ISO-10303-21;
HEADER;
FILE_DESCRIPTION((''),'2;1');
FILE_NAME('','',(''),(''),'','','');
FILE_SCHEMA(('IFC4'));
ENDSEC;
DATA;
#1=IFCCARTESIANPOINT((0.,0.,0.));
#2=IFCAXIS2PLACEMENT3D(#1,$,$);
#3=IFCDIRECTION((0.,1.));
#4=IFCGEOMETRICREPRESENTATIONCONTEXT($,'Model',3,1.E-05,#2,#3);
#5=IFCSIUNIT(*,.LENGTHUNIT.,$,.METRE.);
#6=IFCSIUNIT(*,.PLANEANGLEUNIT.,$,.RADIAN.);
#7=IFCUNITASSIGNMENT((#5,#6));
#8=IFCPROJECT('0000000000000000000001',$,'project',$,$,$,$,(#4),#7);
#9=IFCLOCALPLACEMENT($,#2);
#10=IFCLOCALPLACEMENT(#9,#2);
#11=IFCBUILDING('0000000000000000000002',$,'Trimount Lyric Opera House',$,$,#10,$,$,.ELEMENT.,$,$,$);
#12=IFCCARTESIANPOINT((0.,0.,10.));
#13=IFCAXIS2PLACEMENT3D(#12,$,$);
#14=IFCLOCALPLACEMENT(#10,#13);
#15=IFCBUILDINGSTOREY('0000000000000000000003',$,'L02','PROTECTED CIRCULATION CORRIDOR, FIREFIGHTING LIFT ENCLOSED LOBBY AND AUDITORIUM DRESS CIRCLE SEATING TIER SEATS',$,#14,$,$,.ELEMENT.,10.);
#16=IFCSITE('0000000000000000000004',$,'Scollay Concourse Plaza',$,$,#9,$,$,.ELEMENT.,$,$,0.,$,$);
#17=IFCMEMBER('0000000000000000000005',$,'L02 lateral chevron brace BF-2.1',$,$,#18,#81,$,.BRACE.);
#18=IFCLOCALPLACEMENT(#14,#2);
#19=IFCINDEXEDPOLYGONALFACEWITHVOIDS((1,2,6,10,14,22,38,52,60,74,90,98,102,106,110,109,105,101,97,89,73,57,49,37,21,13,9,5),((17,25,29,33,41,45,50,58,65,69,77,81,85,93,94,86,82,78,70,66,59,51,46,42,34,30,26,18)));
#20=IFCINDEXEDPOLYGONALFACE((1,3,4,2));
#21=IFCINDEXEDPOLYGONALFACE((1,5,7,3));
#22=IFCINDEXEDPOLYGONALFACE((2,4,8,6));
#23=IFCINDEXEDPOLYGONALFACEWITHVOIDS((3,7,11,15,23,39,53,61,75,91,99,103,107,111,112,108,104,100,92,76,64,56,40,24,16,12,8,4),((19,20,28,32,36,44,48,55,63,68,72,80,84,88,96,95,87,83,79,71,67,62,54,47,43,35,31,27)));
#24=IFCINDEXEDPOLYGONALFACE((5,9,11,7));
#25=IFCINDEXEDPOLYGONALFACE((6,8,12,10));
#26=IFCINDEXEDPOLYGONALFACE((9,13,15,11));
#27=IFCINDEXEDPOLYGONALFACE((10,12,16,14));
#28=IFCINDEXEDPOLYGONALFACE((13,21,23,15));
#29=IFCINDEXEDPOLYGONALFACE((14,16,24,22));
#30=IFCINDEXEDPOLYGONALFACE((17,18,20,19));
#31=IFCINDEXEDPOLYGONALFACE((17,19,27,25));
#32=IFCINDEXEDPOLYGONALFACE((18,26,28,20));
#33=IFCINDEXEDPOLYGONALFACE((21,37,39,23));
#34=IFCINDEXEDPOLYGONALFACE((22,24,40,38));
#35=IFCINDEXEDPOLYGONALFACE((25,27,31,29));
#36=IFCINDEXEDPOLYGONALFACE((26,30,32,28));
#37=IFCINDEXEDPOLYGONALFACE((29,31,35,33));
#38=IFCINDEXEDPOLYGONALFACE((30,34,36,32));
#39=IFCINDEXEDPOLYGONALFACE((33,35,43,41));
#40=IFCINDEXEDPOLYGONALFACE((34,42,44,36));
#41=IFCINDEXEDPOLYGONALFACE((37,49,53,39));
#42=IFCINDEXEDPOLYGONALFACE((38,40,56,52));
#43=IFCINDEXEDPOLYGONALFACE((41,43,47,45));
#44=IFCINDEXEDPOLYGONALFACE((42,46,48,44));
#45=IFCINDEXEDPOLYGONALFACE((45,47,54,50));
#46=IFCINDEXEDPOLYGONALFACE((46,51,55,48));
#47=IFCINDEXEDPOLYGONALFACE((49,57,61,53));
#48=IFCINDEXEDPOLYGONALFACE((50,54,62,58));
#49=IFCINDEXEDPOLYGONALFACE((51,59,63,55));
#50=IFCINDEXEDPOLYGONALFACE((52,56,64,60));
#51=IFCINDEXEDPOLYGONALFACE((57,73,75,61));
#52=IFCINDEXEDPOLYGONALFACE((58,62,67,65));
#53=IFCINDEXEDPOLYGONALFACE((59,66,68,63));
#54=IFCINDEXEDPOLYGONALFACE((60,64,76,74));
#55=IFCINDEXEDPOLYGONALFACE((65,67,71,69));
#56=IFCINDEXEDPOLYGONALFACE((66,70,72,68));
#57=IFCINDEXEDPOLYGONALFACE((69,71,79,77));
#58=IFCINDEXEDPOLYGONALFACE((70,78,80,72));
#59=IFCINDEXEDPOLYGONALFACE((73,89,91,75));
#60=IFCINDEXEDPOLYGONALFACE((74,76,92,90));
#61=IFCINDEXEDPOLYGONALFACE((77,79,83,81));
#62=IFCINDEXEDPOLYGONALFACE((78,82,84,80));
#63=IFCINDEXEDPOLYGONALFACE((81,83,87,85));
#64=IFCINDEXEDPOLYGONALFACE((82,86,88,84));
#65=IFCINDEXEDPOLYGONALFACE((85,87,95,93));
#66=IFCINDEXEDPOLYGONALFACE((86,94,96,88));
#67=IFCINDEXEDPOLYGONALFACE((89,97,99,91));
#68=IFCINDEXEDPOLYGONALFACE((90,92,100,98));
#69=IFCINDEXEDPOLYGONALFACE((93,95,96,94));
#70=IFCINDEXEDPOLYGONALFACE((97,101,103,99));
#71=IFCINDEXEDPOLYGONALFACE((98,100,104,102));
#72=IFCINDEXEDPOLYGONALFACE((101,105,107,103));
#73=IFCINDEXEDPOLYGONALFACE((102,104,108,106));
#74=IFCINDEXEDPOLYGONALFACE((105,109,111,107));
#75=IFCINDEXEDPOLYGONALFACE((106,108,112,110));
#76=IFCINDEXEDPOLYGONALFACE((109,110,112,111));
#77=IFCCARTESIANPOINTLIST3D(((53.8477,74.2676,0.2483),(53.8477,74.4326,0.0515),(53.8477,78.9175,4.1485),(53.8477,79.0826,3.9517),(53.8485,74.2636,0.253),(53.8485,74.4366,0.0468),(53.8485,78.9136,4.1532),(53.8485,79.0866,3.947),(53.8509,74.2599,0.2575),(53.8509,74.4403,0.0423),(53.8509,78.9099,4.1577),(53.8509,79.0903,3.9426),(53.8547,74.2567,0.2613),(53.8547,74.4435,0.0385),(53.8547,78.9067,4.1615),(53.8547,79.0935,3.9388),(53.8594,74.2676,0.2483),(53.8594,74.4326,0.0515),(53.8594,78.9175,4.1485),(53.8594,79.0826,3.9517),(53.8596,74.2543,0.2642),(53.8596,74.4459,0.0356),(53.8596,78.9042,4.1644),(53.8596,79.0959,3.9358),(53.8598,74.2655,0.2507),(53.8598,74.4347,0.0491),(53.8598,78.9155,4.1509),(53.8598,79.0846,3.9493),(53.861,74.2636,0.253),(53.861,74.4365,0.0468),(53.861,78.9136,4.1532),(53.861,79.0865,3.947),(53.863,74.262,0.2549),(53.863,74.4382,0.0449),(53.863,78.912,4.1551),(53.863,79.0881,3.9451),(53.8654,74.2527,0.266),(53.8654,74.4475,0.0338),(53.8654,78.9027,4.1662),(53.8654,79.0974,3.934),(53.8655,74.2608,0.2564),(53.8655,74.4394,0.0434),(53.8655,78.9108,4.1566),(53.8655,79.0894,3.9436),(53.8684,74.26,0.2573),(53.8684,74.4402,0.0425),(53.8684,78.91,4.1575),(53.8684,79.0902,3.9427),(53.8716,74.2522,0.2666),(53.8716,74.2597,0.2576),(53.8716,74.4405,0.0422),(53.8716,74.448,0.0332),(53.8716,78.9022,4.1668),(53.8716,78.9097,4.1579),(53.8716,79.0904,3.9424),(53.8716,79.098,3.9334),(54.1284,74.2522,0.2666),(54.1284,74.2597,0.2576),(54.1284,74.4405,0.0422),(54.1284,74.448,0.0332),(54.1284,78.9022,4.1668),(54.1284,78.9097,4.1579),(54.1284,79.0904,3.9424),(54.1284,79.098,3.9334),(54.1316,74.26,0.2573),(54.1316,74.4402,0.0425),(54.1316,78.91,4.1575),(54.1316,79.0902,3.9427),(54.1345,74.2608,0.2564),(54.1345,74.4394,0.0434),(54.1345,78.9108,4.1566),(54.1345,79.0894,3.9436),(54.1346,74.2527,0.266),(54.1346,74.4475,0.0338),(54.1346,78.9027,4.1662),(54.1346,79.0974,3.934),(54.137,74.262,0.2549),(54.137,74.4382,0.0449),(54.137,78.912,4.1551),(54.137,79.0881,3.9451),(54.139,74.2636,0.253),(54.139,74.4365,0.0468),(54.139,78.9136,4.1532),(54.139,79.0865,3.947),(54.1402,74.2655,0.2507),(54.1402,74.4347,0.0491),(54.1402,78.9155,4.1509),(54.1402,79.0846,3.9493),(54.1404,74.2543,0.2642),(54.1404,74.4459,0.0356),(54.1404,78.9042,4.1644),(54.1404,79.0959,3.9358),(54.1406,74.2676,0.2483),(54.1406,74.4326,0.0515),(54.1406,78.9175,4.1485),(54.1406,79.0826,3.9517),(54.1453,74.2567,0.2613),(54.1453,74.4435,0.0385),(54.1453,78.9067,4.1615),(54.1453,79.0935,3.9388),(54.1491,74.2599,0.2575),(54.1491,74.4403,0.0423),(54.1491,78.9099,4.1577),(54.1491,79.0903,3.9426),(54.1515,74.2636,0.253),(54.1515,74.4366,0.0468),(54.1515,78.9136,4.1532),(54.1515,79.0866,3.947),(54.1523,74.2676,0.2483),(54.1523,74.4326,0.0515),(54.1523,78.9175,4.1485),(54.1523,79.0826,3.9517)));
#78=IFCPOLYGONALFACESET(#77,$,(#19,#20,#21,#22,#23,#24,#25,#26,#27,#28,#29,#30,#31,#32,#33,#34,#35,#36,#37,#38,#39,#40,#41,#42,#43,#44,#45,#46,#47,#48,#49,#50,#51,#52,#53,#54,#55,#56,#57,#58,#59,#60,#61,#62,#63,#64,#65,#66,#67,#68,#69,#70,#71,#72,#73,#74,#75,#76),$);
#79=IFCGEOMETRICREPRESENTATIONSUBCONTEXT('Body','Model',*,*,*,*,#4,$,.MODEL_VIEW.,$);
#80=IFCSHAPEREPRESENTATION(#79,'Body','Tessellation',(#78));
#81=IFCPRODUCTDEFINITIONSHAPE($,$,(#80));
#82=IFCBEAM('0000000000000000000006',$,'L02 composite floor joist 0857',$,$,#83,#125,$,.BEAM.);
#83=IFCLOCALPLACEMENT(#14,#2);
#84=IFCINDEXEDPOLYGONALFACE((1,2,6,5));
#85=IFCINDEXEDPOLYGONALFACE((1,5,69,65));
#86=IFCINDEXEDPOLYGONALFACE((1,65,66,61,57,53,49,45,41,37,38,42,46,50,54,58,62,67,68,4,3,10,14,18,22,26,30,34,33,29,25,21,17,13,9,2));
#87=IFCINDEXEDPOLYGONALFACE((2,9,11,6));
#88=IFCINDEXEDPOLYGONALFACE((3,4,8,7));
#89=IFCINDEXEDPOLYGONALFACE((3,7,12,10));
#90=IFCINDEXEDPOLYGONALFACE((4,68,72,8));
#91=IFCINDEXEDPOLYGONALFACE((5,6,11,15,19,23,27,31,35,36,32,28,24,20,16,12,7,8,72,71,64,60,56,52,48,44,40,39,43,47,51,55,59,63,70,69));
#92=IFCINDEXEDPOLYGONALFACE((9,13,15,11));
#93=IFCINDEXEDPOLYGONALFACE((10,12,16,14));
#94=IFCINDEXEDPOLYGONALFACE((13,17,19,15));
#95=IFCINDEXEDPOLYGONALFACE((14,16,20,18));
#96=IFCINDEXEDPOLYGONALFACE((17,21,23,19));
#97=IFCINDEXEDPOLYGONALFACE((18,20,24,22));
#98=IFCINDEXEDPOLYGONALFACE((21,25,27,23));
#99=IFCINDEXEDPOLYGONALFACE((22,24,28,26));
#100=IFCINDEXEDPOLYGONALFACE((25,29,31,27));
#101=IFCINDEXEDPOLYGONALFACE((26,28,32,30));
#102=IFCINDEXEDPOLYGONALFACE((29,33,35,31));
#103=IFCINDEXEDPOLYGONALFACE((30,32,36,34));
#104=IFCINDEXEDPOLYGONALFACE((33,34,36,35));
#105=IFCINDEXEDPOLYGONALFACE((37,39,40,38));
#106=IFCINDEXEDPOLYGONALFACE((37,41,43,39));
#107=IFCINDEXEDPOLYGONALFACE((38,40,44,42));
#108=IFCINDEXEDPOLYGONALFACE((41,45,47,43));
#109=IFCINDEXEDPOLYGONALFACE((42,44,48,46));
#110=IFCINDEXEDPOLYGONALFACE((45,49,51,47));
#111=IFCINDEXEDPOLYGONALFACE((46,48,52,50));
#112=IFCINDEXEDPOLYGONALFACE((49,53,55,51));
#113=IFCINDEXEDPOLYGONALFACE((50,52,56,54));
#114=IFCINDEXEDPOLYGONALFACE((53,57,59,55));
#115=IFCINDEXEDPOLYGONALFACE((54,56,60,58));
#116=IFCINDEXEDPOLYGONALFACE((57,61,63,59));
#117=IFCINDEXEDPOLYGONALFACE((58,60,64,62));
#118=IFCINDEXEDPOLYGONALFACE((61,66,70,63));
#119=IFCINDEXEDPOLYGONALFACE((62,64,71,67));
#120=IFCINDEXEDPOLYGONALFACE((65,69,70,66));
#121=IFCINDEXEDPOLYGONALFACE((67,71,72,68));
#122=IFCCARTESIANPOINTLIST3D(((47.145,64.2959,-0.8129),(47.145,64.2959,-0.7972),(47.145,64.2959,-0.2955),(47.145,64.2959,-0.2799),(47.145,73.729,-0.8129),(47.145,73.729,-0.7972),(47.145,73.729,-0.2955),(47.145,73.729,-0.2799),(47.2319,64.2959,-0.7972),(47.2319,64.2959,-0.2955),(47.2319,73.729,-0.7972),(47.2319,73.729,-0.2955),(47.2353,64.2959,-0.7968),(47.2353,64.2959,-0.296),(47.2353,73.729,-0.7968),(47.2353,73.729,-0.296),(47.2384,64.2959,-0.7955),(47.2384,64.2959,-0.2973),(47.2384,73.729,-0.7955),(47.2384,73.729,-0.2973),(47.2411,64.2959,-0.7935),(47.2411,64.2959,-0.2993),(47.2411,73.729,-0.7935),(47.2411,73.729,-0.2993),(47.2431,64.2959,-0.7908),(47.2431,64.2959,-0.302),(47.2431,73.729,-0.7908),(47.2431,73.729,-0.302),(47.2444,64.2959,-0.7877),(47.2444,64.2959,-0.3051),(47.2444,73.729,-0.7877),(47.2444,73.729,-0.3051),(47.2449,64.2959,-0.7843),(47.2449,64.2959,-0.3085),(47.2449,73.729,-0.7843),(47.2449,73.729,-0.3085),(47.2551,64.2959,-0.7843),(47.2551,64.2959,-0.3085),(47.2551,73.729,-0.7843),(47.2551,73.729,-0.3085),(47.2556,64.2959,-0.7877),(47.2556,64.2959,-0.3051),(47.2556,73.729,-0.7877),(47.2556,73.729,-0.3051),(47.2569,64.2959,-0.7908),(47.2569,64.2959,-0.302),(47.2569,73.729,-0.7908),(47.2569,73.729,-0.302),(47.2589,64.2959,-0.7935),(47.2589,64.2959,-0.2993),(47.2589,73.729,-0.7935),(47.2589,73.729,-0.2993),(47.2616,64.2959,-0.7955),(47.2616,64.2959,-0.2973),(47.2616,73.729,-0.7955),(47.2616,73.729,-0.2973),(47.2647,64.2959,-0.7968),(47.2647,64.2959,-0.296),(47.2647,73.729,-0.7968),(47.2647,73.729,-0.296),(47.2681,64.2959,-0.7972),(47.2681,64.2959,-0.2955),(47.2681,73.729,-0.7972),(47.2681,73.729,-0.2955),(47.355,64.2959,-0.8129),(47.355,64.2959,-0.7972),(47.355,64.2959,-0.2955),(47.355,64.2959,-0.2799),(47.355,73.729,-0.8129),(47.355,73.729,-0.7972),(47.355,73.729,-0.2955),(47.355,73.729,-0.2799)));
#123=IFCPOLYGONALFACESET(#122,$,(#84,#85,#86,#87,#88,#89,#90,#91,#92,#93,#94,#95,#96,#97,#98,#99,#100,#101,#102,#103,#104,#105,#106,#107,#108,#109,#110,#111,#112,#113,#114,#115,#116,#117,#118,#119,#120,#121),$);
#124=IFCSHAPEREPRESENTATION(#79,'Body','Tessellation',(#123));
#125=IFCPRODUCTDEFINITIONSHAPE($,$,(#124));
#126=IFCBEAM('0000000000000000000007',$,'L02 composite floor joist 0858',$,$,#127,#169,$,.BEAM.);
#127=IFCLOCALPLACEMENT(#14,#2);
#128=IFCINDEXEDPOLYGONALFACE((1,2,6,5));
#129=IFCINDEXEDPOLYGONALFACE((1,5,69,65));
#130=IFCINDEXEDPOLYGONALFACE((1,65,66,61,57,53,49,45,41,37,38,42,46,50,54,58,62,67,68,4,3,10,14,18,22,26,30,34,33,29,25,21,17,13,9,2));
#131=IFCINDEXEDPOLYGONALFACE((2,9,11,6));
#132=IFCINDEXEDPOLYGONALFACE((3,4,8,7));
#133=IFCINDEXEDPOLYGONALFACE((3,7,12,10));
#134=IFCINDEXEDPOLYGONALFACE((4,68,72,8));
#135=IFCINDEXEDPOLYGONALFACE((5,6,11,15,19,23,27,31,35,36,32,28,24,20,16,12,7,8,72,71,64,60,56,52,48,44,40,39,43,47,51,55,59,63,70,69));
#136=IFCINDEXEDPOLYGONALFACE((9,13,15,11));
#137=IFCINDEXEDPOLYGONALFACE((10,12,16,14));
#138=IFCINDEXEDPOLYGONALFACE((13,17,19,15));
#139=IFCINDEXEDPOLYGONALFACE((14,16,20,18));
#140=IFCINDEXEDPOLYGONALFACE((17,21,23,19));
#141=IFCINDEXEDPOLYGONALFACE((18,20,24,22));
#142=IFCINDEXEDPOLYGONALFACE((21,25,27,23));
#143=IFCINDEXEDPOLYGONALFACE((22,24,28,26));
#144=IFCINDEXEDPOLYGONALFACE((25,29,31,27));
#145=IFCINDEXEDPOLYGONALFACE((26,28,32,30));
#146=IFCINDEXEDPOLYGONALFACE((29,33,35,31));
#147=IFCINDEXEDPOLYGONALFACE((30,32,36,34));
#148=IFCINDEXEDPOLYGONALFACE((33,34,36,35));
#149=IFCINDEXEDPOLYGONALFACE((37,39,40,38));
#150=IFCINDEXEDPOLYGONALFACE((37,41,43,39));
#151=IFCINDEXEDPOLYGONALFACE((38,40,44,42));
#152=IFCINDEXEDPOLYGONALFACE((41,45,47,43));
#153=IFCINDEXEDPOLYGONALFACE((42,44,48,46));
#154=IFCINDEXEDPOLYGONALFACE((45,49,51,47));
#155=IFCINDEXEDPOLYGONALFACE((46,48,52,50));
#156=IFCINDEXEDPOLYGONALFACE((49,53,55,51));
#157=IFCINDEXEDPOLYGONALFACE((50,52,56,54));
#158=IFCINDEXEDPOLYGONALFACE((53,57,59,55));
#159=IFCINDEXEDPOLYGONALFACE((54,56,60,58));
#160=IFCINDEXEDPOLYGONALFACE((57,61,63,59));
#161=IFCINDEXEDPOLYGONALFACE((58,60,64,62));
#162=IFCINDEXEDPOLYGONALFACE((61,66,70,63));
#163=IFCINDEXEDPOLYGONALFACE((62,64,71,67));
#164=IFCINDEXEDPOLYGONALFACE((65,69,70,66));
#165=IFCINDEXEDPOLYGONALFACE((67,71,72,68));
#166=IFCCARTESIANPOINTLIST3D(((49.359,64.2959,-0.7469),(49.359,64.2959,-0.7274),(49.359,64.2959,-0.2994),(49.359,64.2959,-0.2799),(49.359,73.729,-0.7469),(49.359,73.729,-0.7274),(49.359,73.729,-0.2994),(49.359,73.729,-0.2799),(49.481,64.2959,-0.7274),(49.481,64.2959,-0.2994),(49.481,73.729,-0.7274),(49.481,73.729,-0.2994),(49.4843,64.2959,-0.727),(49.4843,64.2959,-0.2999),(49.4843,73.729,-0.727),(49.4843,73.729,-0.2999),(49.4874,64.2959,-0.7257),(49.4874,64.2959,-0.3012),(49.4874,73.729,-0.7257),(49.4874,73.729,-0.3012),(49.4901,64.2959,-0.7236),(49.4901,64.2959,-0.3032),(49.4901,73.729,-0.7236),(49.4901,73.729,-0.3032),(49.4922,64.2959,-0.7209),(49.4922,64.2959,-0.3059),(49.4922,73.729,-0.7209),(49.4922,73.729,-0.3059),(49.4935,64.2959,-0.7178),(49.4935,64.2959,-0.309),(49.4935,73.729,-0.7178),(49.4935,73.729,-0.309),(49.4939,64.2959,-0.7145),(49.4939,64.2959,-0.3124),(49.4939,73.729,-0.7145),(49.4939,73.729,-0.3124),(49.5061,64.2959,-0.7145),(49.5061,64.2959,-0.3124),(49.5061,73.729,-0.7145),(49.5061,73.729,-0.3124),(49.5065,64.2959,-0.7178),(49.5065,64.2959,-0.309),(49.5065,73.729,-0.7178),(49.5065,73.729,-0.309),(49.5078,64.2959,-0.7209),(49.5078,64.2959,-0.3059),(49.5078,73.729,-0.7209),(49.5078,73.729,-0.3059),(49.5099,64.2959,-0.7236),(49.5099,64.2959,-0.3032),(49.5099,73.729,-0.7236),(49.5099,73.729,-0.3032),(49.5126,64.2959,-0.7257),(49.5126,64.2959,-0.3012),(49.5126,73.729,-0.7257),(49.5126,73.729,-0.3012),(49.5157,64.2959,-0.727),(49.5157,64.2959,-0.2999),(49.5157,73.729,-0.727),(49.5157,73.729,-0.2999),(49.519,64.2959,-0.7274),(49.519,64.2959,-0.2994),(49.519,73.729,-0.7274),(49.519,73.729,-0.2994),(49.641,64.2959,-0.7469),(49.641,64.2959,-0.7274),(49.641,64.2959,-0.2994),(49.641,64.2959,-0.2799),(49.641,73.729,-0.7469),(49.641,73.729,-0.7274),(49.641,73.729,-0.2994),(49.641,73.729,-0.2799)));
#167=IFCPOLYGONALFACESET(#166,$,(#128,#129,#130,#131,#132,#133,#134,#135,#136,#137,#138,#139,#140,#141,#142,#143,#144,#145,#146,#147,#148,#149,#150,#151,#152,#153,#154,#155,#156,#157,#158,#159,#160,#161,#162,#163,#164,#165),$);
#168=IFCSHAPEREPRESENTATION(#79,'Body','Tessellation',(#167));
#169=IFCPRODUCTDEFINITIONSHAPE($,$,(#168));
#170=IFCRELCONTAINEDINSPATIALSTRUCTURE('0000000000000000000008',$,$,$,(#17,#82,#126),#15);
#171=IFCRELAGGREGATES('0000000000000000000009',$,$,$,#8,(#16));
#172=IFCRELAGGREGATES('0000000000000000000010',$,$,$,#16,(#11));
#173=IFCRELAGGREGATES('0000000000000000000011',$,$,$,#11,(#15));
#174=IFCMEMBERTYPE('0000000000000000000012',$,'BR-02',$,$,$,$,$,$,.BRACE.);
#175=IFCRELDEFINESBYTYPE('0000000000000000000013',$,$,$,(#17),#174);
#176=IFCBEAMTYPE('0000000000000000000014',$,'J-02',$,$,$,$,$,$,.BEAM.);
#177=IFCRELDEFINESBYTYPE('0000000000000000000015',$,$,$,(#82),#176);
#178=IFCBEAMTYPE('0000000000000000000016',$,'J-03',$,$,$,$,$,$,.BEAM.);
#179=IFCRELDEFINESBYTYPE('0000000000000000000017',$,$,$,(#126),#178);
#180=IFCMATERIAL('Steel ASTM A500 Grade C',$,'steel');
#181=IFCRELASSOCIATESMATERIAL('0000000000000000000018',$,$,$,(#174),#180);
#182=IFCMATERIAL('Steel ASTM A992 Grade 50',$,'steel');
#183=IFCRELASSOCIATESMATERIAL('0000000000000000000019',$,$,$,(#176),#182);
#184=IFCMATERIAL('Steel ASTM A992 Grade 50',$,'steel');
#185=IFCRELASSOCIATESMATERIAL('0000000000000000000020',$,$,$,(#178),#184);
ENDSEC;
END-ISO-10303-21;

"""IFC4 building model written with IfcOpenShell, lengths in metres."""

from ifc_helpers import new_model, si_unit, direction, frame, origin, origin_2d, place, context, subcontext, project, spatial, hollow_rectangle, i_section, extrude, material, material_profile, profile_set, type_object, element, save


model = new_model("IFC4")

# Units and contexts
model_context = context("Model", 3, precision=1e-05, world=origin(), true_north=direction((0.0, 1.0)))
body_context = subcontext(model_context, "Body", "Model", "MODEL_VIEW")
ifc_project = project(units=[si_unit("LENGTHUNIT", "METRE"), si_unit("PLANEANGLEUNIT", "RADIAN")], contexts=[model_context])

# Site, building, storey
site_placement = place(None, origin())
site = spatial("IfcSite", under=ifc_project, at=site_placement, Name="Scollay Concourse Plaza", CompositionType="ELEMENT", RefElevation=0.0)
building_placement = place(site_placement, origin())
building = spatial("IfcBuilding", under=site, at=building_placement, Name="Trimount Lyric Opera House", CompositionType="ELEMENT")
storey_placement = place(building_placement, frame((0.0, 0.0, 10.0)))
storey = spatial("IfcBuildingStorey", under=building, at=storey_placement, Name="L02", Description="PROTECTED CIRCULATION CORRIDOR, FIREFIGHTING LIFT ENCLOSED LOBBY AND AUDITORIUM DRESS CIRCLE SEATING TIER SEATS", CompositionType="ELEMENT", Elevation=10.0)

# Member
ifc_material_1 = material(Name="Steel ASTM A500 Grade C", Category="steel")
ifc_material_profile_1 = material_profile(ifc_material_1, hollow_rectangle(XDim=0.3047, YDim=0.3047, WallThickness=0.0117, InnerFilletRadius=0.0122, OuterFilletRadius=0.0239, at=origin_2d()), Name="HSS304.8X304.8X12.7")
ifc_profile_set_1 = profile_set([ifc_material_profile_1], Name="Steel ASTM A500 Grade C")
member_type = type_object("IfcMemberType", Name="BR-02", PredefinedType="BRACE", material=ifc_profile_set_1)
member_placement = place(storey_placement, frame((54.0, 74.3501, 0.1499), z_axis=(0.0, 0.766173, 0.642634), x_axis=(-1.0, 0.0, 0.0)))
element("IfcMember", 1, at=member_placement, inside=storey, type_object=member_type, Name="L02 lateral chevron brace BF-2.1", PredefinedType="BRACE", context=body_context, shape_type="SweptSolid", body=[
    extrude(hollow_rectangle(XDim=0.3047, YDim=0.3047, WallThickness=0.0117, InnerFilletRadius=0.0122, OuterFilletRadius=0.0239, at=origin_2d()), origin(), (0.0, 0.0, 1.0), 6.0691),
])

# Beams
ifc_material_2 = material(Name="Steel ASTM A992 Grade 50", Category="steel")
ifc_material_profile_2 = material_profile(ifc_material_2, i_section(OverallWidth=0.21, OverallDepth=0.533, WebThickness=0.0103, FlangeThickness=0.0156, FilletRadius=0.0129, at=origin_2d()), Name="W21X62")
ifc_profile_set_2 = profile_set([ifc_material_profile_2], Name="Steel ASTM A992 Grade 50")
beam_type_1 = type_object("IfcBeamType", Name="J-02", PredefinedType="BEAM", material=ifc_profile_set_2)
beam_1_placement = place(storey_placement, frame((47.25, 64.2959, -0.5464), z_axis=(0.0, 1.0, 0.0), x_axis=(-1.0, 0.0, 0.0)))
element("IfcBeam", 2, at=beam_1_placement, inside=storey, type_object=beam_type_1, Name="L02 composite floor joist 0857", PredefinedType="BEAM", context=body_context, shape_type="SweptSolid", body=[
    extrude(i_section(OverallWidth=0.21, OverallDepth=0.533, WebThickness=0.0103, FlangeThickness=0.0156, FilletRadius=0.0129, at=origin_2d()), origin(), (0.0, 0.0, 1.0), 9.4331),
])
ifc_material_3 = material(Name="Steel ASTM A992 Grade 50", Category="steel")
ifc_material_profile_3 = material_profile(ifc_material_3, i_section(OverallWidth=0.282, OverallDepth=0.467, WebThickness=0.0122, FlangeThickness=0.0195, FilletRadius=0.0129, at=origin_2d()), Name="W18X86")
ifc_profile_set_3 = profile_set([ifc_material_profile_3], Name="Steel ASTM A992 Grade 50")
beam_type_2 = type_object("IfcBeamType", Name="J-03", PredefinedType="BEAM", material=ifc_profile_set_3)
beam_2_placement = place(storey_placement, frame((49.5, 64.2959, -0.5134), z_axis=(0.0, 1.0, 0.0), x_axis=(-1.0, 0.0, 0.0)))
element("IfcBeam", 3, at=beam_2_placement, inside=storey, type_object=beam_type_2, Name="L02 composite floor joist 0858", PredefinedType="BEAM", context=body_context, shape_type="SweptSolid", body=[
    extrude(i_section(OverallWidth=0.282, OverallDepth=0.467, WebThickness=0.0122, FlangeThickness=0.0195, FilletRadius=0.0129, at=origin_2d()), origin(), (0.0, 0.0, 1.0), 9.4331),
])

save(model, "model.ifc")
